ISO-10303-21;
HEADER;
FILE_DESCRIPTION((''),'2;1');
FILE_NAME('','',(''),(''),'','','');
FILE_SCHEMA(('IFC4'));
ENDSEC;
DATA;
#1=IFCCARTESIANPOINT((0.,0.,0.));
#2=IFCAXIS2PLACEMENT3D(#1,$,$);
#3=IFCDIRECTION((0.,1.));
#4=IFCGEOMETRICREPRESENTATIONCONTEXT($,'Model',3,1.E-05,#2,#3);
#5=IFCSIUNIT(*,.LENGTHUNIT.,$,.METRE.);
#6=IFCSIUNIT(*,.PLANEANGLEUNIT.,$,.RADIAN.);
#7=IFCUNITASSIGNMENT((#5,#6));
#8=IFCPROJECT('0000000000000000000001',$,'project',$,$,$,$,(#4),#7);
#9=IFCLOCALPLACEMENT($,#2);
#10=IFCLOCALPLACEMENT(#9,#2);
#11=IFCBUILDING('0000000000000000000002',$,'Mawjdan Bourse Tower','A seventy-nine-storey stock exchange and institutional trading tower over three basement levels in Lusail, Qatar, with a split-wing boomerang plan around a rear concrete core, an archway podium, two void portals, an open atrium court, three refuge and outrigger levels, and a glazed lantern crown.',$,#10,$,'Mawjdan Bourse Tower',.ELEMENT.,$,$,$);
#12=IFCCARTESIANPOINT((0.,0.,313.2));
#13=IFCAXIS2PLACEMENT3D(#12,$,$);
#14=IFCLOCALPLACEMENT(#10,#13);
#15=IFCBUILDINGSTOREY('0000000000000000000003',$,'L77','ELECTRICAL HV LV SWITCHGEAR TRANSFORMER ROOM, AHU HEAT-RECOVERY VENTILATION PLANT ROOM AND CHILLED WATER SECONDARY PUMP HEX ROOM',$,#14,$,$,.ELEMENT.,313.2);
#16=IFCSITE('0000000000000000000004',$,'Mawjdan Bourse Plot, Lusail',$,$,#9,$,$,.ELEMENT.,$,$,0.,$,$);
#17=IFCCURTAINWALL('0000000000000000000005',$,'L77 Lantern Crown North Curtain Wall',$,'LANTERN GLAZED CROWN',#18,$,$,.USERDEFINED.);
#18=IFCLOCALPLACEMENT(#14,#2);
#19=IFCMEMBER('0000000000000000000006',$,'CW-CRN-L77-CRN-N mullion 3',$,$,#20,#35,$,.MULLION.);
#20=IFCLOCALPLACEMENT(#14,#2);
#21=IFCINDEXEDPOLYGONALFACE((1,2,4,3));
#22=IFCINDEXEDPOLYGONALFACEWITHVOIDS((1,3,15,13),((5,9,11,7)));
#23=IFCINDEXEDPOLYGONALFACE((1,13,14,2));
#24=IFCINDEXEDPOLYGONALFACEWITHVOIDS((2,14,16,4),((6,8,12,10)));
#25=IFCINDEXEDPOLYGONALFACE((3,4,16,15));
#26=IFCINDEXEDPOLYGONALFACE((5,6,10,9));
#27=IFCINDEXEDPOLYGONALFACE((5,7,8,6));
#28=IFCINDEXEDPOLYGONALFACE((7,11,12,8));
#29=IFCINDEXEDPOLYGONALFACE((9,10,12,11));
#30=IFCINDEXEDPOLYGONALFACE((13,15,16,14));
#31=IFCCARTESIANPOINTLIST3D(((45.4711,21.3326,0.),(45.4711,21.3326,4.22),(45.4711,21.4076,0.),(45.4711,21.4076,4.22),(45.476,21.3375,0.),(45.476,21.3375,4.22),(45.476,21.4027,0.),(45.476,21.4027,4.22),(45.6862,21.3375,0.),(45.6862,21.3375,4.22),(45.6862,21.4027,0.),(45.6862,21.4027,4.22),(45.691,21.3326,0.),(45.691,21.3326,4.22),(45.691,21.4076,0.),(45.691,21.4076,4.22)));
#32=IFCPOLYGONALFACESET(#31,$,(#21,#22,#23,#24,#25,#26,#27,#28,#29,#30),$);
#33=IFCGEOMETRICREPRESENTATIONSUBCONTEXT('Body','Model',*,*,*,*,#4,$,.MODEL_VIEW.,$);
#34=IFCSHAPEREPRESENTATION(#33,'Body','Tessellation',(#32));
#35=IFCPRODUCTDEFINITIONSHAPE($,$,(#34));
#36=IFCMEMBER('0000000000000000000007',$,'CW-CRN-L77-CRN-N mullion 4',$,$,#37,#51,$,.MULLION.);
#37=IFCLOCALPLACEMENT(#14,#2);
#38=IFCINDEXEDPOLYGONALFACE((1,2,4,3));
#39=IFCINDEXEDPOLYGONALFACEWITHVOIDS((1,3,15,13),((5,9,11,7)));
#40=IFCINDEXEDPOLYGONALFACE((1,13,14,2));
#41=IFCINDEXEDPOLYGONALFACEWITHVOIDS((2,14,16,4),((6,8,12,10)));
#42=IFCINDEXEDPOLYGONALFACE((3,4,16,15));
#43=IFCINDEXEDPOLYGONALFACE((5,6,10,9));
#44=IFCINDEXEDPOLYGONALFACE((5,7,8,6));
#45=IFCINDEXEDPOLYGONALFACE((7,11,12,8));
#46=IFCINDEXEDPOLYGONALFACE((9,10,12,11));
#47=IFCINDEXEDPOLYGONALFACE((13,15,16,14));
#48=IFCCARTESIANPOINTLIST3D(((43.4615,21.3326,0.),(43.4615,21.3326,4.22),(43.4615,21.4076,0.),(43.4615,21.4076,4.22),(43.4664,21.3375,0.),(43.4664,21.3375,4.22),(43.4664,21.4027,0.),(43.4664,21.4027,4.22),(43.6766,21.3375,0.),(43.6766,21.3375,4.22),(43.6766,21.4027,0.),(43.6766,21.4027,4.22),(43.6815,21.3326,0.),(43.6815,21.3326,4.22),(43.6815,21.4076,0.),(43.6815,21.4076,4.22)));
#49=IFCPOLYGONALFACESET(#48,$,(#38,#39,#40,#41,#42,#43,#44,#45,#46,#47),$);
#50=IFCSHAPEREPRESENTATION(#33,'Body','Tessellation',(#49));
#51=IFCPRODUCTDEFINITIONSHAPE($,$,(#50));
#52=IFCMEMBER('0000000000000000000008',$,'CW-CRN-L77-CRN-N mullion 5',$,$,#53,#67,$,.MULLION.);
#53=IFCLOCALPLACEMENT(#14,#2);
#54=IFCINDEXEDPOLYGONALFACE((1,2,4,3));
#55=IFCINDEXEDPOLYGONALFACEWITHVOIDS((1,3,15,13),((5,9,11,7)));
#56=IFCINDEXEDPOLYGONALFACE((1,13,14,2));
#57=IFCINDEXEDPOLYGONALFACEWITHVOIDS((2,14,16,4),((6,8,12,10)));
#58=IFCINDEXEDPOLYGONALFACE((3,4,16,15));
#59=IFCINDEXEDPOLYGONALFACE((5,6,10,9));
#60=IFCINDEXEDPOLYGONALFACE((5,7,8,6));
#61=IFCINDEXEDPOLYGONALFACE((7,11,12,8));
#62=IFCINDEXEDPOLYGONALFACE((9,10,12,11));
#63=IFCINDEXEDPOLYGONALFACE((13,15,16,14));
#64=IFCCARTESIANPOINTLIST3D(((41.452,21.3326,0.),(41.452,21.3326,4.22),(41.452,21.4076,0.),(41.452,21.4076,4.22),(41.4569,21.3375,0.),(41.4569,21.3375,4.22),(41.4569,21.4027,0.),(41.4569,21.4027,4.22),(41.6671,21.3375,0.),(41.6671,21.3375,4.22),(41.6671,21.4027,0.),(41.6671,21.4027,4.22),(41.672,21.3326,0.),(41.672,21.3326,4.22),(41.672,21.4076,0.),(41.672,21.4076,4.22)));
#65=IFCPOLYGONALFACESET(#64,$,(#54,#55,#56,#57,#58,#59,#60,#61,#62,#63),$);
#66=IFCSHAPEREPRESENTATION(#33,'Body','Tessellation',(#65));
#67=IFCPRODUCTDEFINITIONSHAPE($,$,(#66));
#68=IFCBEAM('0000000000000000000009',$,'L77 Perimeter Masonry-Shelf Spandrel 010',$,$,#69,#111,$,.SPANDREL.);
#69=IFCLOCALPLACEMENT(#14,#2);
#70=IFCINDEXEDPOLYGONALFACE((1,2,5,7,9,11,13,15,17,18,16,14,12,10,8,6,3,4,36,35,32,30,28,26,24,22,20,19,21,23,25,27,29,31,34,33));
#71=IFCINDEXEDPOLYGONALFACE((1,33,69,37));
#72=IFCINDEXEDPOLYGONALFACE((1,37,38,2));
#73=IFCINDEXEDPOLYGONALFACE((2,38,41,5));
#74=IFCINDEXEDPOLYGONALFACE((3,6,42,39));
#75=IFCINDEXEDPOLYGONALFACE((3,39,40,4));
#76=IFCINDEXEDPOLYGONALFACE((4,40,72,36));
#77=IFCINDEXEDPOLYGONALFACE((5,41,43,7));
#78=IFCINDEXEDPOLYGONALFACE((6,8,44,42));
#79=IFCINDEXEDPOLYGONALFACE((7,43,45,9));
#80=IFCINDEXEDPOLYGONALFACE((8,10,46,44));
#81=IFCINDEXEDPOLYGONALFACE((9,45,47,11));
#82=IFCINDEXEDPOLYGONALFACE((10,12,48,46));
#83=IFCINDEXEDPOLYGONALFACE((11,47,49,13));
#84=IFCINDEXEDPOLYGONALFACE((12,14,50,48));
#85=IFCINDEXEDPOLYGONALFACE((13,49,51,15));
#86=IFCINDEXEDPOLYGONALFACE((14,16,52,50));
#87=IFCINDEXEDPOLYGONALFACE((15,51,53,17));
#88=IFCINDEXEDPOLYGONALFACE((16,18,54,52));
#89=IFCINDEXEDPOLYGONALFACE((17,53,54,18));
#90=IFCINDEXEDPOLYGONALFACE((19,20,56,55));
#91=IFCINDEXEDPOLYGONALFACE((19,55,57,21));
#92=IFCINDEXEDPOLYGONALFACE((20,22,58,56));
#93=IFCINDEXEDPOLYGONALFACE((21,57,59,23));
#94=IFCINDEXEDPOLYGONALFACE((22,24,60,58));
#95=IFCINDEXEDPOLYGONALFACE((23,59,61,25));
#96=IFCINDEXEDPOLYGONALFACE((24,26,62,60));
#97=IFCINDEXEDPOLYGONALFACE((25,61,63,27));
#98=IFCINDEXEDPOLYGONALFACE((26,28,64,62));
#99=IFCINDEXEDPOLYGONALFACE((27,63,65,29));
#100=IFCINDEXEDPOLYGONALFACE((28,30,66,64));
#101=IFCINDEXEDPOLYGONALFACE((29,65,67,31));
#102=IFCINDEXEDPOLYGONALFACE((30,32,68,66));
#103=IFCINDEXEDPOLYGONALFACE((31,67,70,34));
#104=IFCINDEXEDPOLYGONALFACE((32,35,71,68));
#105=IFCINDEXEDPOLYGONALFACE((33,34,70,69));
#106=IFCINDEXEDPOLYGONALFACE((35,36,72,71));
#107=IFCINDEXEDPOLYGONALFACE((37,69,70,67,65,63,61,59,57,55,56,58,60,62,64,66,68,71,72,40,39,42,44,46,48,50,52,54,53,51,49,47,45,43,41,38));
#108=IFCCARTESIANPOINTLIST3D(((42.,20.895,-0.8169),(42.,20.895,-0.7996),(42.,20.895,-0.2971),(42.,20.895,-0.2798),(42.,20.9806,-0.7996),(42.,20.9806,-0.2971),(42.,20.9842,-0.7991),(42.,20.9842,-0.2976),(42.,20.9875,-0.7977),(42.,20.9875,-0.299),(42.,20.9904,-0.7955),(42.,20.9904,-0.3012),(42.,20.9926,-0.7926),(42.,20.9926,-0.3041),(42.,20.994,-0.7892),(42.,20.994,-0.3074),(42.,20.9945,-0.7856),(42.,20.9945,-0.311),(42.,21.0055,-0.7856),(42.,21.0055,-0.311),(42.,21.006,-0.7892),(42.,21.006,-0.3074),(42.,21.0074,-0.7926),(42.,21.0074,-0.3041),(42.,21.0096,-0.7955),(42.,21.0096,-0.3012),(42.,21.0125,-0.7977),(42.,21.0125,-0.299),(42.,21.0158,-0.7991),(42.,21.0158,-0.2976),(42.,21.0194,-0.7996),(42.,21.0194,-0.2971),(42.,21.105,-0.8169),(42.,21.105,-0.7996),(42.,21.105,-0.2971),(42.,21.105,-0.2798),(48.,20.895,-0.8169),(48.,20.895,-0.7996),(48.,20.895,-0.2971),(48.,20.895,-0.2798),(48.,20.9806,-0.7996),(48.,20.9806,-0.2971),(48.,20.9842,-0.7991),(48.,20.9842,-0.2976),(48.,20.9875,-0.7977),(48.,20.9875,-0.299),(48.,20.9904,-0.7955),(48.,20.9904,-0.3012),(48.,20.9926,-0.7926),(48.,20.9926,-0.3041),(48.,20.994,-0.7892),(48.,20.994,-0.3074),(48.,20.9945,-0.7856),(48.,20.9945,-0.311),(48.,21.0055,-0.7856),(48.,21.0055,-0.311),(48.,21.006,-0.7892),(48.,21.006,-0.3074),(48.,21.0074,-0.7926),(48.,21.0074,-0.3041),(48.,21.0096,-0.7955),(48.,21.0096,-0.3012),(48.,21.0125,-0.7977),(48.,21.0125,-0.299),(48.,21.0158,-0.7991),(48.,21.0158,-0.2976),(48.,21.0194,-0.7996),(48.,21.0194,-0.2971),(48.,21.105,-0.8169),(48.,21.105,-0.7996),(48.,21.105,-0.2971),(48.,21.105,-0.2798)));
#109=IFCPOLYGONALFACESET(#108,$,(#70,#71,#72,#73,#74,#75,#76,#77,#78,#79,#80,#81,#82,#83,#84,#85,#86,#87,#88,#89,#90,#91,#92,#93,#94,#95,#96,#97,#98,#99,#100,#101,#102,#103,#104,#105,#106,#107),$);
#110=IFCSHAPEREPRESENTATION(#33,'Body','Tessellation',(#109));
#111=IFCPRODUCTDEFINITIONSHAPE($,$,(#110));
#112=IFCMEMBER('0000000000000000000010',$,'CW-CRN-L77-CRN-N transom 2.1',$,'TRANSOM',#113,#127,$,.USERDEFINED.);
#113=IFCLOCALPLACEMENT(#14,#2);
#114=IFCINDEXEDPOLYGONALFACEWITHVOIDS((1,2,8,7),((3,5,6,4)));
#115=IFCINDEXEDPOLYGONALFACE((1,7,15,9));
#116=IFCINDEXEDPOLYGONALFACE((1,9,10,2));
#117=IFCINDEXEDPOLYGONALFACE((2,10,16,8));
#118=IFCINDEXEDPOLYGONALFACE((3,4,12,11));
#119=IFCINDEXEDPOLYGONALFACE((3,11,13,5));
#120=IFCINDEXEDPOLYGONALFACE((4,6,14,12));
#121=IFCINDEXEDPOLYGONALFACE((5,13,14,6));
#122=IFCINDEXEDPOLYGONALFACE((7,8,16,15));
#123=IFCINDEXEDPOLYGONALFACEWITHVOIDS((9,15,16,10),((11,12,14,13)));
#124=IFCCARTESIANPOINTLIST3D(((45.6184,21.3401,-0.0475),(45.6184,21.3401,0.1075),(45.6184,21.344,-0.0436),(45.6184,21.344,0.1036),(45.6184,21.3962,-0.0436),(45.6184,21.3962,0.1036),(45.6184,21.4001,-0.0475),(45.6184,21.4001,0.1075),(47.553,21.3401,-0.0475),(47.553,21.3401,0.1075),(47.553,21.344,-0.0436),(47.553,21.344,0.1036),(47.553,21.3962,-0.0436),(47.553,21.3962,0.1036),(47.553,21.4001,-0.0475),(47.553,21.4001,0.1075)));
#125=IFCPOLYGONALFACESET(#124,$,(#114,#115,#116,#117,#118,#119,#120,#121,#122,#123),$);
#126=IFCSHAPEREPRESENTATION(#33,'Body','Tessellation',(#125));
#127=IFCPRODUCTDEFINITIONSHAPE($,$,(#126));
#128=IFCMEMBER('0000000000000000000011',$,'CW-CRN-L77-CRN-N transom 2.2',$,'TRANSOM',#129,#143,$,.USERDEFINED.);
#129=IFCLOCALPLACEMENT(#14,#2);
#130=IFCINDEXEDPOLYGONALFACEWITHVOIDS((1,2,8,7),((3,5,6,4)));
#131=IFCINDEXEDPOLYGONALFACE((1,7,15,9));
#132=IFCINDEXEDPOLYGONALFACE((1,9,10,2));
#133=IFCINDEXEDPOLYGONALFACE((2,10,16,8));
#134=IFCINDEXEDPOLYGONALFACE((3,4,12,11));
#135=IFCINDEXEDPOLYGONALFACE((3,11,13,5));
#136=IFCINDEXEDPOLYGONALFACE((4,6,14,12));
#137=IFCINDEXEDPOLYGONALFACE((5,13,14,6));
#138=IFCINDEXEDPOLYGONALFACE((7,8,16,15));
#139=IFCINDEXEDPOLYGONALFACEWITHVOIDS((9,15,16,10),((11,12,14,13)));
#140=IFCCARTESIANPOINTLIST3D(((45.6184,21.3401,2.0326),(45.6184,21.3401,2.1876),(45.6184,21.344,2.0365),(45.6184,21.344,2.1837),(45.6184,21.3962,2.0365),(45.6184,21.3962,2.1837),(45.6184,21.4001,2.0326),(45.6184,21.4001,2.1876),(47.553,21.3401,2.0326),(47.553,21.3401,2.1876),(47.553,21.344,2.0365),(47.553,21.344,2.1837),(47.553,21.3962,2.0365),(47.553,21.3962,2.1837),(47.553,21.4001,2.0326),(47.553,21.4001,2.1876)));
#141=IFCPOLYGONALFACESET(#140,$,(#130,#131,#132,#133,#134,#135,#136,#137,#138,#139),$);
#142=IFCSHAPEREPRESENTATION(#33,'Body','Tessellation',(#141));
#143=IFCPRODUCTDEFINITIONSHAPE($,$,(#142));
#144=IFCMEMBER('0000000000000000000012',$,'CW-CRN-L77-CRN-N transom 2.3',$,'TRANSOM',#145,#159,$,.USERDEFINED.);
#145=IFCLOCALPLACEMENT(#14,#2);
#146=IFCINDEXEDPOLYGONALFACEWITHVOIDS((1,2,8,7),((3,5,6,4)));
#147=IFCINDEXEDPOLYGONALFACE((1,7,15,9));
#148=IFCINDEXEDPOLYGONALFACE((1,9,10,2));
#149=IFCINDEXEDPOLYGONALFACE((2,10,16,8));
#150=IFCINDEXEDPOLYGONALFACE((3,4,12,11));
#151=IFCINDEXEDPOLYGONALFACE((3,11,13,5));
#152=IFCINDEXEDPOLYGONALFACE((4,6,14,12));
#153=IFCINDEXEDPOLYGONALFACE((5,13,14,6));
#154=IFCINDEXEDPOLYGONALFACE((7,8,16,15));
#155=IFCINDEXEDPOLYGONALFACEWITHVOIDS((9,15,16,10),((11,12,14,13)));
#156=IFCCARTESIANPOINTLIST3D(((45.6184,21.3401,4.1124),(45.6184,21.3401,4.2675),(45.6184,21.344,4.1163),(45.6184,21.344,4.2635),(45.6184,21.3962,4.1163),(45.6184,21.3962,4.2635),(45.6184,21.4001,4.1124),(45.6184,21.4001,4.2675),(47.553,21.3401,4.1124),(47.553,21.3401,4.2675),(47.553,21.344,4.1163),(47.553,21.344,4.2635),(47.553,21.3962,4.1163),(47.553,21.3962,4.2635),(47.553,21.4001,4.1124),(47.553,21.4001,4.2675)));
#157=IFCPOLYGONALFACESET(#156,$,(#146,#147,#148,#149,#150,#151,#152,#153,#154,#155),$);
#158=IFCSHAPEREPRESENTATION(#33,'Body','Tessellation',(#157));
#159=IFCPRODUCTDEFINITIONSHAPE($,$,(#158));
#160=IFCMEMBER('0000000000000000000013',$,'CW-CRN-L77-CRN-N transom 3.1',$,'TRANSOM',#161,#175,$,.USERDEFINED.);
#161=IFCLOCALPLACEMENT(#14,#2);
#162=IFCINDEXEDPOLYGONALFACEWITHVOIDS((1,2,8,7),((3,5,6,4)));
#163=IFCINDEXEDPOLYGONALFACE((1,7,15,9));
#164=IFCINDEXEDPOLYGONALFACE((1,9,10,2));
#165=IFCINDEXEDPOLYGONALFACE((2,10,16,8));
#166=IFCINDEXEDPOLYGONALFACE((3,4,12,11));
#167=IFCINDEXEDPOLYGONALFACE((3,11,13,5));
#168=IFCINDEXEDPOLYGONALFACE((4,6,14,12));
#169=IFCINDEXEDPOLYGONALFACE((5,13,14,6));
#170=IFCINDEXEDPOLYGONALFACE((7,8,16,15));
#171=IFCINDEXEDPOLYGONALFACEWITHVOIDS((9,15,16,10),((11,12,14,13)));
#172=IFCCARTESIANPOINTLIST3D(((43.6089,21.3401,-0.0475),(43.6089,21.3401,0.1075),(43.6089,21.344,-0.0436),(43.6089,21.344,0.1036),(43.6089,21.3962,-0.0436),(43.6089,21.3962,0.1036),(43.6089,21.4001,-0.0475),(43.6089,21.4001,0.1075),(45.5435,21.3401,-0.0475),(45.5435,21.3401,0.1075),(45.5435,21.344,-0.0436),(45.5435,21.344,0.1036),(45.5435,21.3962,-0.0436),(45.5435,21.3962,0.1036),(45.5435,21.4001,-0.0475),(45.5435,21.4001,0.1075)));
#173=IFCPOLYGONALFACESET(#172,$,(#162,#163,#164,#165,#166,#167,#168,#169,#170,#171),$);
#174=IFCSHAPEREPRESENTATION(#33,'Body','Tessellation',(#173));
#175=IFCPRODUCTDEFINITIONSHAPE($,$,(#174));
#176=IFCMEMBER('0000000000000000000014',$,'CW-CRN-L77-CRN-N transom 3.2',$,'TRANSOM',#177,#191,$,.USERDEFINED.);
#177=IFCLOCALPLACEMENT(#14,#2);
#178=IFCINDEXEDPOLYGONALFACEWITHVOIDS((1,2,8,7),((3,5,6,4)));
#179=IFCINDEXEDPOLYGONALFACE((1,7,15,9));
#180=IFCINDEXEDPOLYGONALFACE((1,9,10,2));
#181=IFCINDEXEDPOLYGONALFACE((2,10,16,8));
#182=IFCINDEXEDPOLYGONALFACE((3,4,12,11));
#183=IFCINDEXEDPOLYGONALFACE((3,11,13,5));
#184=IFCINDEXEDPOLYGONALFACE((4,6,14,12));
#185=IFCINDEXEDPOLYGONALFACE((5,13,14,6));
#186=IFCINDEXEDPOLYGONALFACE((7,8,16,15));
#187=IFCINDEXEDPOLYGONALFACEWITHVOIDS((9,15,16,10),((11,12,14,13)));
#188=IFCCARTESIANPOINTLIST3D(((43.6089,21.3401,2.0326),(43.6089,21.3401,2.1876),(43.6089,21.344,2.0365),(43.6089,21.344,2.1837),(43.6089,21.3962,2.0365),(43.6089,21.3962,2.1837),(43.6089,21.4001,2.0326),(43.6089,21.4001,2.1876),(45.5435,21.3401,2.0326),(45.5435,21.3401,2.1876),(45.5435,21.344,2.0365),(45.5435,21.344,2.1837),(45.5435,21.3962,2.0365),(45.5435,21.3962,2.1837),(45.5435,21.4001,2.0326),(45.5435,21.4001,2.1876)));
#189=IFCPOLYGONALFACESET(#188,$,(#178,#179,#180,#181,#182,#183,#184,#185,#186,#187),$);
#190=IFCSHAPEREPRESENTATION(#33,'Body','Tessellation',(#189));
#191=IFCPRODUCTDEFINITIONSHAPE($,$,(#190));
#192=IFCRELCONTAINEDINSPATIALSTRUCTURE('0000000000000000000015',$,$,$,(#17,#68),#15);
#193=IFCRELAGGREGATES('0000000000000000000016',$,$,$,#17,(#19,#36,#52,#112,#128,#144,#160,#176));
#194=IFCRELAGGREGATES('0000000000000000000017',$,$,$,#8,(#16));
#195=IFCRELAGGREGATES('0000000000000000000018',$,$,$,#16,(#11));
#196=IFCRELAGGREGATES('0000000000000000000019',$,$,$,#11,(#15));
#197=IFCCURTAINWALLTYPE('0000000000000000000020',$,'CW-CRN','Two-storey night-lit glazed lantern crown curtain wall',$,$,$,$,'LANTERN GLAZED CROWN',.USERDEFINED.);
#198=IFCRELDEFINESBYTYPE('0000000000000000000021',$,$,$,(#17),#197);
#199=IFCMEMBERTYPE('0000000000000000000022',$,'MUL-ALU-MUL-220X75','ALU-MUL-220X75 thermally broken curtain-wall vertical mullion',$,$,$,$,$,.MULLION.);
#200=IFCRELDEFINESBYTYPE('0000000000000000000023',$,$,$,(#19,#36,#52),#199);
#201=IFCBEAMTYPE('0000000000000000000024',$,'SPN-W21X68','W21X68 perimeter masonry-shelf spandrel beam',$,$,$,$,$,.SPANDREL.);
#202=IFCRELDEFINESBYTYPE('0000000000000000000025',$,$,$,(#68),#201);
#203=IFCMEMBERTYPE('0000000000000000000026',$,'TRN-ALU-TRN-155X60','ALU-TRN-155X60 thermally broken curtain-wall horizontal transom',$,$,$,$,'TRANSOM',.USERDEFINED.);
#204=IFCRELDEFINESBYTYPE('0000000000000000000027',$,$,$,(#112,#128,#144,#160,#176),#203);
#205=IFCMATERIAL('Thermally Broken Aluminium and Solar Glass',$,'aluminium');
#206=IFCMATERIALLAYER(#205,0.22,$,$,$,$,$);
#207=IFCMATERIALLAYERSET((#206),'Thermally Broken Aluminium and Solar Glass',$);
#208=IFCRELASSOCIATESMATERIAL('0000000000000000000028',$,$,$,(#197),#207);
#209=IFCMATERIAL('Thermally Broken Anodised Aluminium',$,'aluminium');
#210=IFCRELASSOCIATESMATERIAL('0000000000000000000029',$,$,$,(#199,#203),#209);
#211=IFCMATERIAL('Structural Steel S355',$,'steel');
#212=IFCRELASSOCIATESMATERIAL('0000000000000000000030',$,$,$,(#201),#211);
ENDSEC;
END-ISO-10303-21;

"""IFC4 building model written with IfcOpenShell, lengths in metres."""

from ifc_helpers import new_model, si_unit, direction, frame, origin, origin_2d, place, context, subcontext, project, spatial, hollow_rectangle, i_section, extrude, material, layer, layer_set, material_profile, profile_set, type_object, element, aggregate, save


model = new_model("IFC4")

# Units and contexts
model_context = context("Model", 3, precision=1e-05, world=origin(), true_north=direction((0.0, 1.0)))
body_context = subcontext(model_context, "Body", "Model", "MODEL_VIEW")
ifc_project = project(units=[si_unit("LENGTHUNIT", "METRE"), si_unit("PLANEANGLEUNIT", "RADIAN")], contexts=[model_context])

# Site, building, storey
site_placement = place(None, origin())
site = spatial("IfcSite", under=ifc_project, at=site_placement, Name="Mawjdan Bourse Plot, Lusail", CompositionType="ELEMENT", RefElevation=0.0)
building_placement = place(site_placement, origin())
building = spatial("IfcBuilding", under=site, at=building_placement, Name="Mawjdan Bourse Tower", Description="A seventy-nine-storey stock exchange and institutional trading tower over three basement levels in Lusail, Qatar, with a split-wing boomerang plan around a rear concrete core, an archway podium, two void portals, an open atrium court, three refuge and outrigger levels, and a glazed lantern crown.", LongName="Mawjdan Bourse Tower", CompositionType="ELEMENT")
storey_placement = place(building_placement, frame((0.0, 0.0, 313.2)))
storey = spatial("IfcBuildingStorey", under=building, at=storey_placement, Name="L77", Description="ELECTRICAL HV LV SWITCHGEAR TRANSFORMER ROOM, AHU HEAT-RECOVERY VENTILATION PLANT ROOM AND CHILLED WATER SECONDARY PUMP HEX ROOM", CompositionType="ELEMENT", Elevation=313.2)

# Shared definitions
ifc_material_1 = material(Name="Structural Steel S355", Category="steel")

# Curtain wall, members
ifc_material_2 = material(Name="Thermally Broken Aluminium and Solar Glass", Category="aluminium")
ifc_layer_1 = layer(ifc_material_2, 0.22)
ifc_layer_set_1 = layer_set([ifc_layer_1], Name="Thermally Broken Aluminium and Solar Glass")
curtain_wall_type = type_object("IfcCurtainWallType", Name="CW-CRN", Description="Two-storey night-lit glazed lantern crown curtain wall", ElementType="LANTERN GLAZED CROWN", PredefinedType="USERDEFINED", material=ifc_layer_set_1)
curtain_wall_placement = place(storey_placement, origin())
curtain_wall = element("IfcCurtainWall", 1, at=curtain_wall_placement, inside=storey, type_object=curtain_wall_type, Name="L77 Lantern Crown North Curtain Wall", ObjectType="LANTERN GLAZED CROWN", PredefinedType="USERDEFINED")
ifc_material_3 = material(Name="Thermally Broken Anodised Aluminium", Category="aluminium")
ifc_material_profile_1 = material_profile(ifc_material_3, hollow_rectangle(XDim=0.075, YDim=0.22, WallThickness=0.0049, at=origin_2d()), Name="ALU-MUL-220X75")
ifc_profile_set_1 = profile_set([ifc_material_profile_1], Name="Thermally Broken Anodised Aluminium")
member_type_1 = type_object("IfcMemberType", Name="MUL-ALU-MUL-220X75", Description="ALU-MUL-220X75 thermally broken curtain-wall vertical mullion", PredefinedType="MULLION", material=ifc_profile_set_1)
member_1_placement = place(storey_placement, frame((45.5811, 21.3701, 0.0), z_axis=(0.0, 0.0, 1.0), x_axis=(0.0, -1.0, 0.0)))
member_1 = element("IfcMember", 2, at=member_1_placement, type_object=member_type_1, Name="CW-CRN-L77-CRN-N mullion 3", PredefinedType="MULLION", context=body_context, shape_type="SweptSolid", body=[
    extrude(hollow_rectangle(XDim=0.075, YDim=0.22, WallThickness=0.0049, at=origin_2d()), origin(), (0.0, 0.0, 1.0), 4.22),
])
member_2_placement = place(storey_placement, frame((43.5715, 21.3701, 0.0), z_axis=(0.0, 0.0, 1.0), x_axis=(0.0, -1.0, 0.0)))
member_2 = element("IfcMember", 3, at=member_2_placement, type_object=member_type_1, Name="CW-CRN-L77-CRN-N mullion 4", PredefinedType="MULLION", context=body_context, shape_type="SweptSolid", body=[
    extrude(hollow_rectangle(XDim=0.075, YDim=0.22, WallThickness=0.0049, at=origin_2d()), origin(), (0.0, 0.0, 1.0), 4.22),
])
member_3_placement = place(storey_placement, frame((41.562, 21.3701, 0.0), z_axis=(0.0, 0.0, 1.0), x_axis=(0.0, -1.0, 0.0)))
member_3 = element("IfcMember", 4, at=member_3_placement, type_object=member_type_1, Name="CW-CRN-L77-CRN-N mullion 5", PredefinedType="MULLION", context=body_context, shape_type="SweptSolid", body=[
    extrude(hollow_rectangle(XDim=0.075, YDim=0.22, WallThickness=0.0049, at=origin_2d()), origin(), (0.0, 0.0, 1.0), 4.22),
])

# Beam
ifc_material_profile_2 = material_profile(ifc_material_1, i_section(OverallWidth=0.21, OverallDepth=0.5371, WebThickness=0.011, FlangeThickness=0.0173, FilletRadius=0.0139, at=origin_2d()), Name="W21X68")
ifc_profile_set_2 = profile_set([ifc_material_profile_2], Name="Structural Steel S355")
beam_type_1 = type_object("IfcBeamType", Name="SPN-W21X68", Description="W21X68 perimeter masonry-shelf spandrel beam", PredefinedType="SPANDREL", material=ifc_profile_set_2)
beam_placement = place(storey_placement, frame((42.0, 21.0, -0.5483), z_axis=(1.0, 0.0, 0.0), x_axis=(0.0, 1.0, 0.0)))
element("IfcBeam", 5, at=beam_placement, inside=storey, type_object=beam_type_1, Name="L77 Perimeter Masonry-Shelf Spandrel 010", PredefinedType="SPANDREL", context=body_context, shape_type="SweptSolid", body=[
    extrude(i_section(OverallWidth=0.21, OverallDepth=0.5371, WebThickness=0.011, FlangeThickness=0.0173, FilletRadius=0.0139, at=origin_2d()), origin(), (0.0, 0.0, 1.0), 6.0),
])

# Members
ifc_material_profile_3 = material_profile(ifc_material_3, hollow_rectangle(XDim=0.0601, YDim=0.155, WallThickness=0.0039, at=origin_2d()), Name="ALU-TRN-155X60")
ifc_profile_set_3 = profile_set([ifc_material_profile_3], Name="Thermally Broken Anodised Aluminium")
member_type_2 = type_object("IfcMemberType", Name="TRN-ALU-TRN-155X60", Description="ALU-TRN-155X60 thermally broken curtain-wall horizontal transom", ElementType="TRANSOM", PredefinedType="USERDEFINED", material=ifc_profile_set_3)
member_4_placement = place(storey_placement, frame((47.553, 21.3701, 0.03), z_axis=(-1.0, 0.0, 0.0), x_axis=(0.0, -1.0, 0.0)))
member_4 = element("IfcMember", 6, at=member_4_placement, type_object=member_type_2, Name="CW-CRN-L77-CRN-N transom 2.1", ObjectType="TRANSOM", PredefinedType="USERDEFINED", context=body_context, shape_type="SweptSolid", body=[
    extrude(hollow_rectangle(XDim=0.0601, YDim=0.155, WallThickness=0.0039, at=origin_2d()), origin(), (0.0, 0.0, 1.0), 1.9346),
])
member_5_placement = place(storey_placement, frame((47.553, 21.3701, 2.1101), z_axis=(-1.0, 0.0, 0.0), x_axis=(0.0, -1.0, 0.0)))
member_5 = element("IfcMember", 7, at=member_5_placement, type_object=member_type_2, Name="CW-CRN-L77-CRN-N transom 2.2", ObjectType="TRANSOM", PredefinedType="USERDEFINED", context=body_context, shape_type="SweptSolid", body=[
    extrude(hollow_rectangle(XDim=0.0601, YDim=0.155, WallThickness=0.0039, at=origin_2d()), origin(), (0.0, 0.0, 1.0), 1.9346),
])
member_6_placement = place(storey_placement, frame((47.553, 21.3701, 4.1899), z_axis=(-1.0, 0.0, 0.0), x_axis=(0.0, -1.0, 0.0)))
member_6 = element("IfcMember", 8, at=member_6_placement, type_object=member_type_2, Name="CW-CRN-L77-CRN-N transom 2.3", ObjectType="TRANSOM", PredefinedType="USERDEFINED", context=body_context, shape_type="SweptSolid", body=[
    extrude(hollow_rectangle(XDim=0.0601, YDim=0.155, WallThickness=0.0039, at=origin_2d()), origin(), (0.0, 0.0, 1.0), 1.9346),
])
member_7_placement = place(storey_placement, frame((45.5435, 21.3701, 0.03), z_axis=(-1.0, 0.0, 0.0), x_axis=(0.0, -1.0, 0.0)))
member_7 = element("IfcMember", 9, at=member_7_placement, type_object=member_type_2, Name="CW-CRN-L77-CRN-N transom 3.1", ObjectType="TRANSOM", PredefinedType="USERDEFINED", context=body_context, shape_type="SweptSolid", body=[
    extrude(hollow_rectangle(XDim=0.0601, YDim=0.155, WallThickness=0.0039, at=origin_2d()), origin(), (0.0, 0.0, 1.0), 1.9346),
])
member_8_placement = place(storey_placement, frame((45.5435, 21.3701, 2.1101), z_axis=(-1.0, 0.0, 0.0), x_axis=(0.0, -1.0, 0.0)))
member_8 = element("IfcMember", 10, at=member_8_placement, type_object=member_type_2, Name="CW-CRN-L77-CRN-N transom 3.2", ObjectType="TRANSOM", PredefinedType="USERDEFINED", context=body_context, shape_type="SweptSolid", body=[
    extrude(hollow_rectangle(XDim=0.0601, YDim=0.155, WallThickness=0.0039, at=origin_2d()), origin(), (0.0, 0.0, 1.0), 1.9346),
])

aggregate(curtain_wall, [member_1, member_2, member_3, member_4, member_5, member_6, member_7, member_8])

save(model, "model.ifc")
